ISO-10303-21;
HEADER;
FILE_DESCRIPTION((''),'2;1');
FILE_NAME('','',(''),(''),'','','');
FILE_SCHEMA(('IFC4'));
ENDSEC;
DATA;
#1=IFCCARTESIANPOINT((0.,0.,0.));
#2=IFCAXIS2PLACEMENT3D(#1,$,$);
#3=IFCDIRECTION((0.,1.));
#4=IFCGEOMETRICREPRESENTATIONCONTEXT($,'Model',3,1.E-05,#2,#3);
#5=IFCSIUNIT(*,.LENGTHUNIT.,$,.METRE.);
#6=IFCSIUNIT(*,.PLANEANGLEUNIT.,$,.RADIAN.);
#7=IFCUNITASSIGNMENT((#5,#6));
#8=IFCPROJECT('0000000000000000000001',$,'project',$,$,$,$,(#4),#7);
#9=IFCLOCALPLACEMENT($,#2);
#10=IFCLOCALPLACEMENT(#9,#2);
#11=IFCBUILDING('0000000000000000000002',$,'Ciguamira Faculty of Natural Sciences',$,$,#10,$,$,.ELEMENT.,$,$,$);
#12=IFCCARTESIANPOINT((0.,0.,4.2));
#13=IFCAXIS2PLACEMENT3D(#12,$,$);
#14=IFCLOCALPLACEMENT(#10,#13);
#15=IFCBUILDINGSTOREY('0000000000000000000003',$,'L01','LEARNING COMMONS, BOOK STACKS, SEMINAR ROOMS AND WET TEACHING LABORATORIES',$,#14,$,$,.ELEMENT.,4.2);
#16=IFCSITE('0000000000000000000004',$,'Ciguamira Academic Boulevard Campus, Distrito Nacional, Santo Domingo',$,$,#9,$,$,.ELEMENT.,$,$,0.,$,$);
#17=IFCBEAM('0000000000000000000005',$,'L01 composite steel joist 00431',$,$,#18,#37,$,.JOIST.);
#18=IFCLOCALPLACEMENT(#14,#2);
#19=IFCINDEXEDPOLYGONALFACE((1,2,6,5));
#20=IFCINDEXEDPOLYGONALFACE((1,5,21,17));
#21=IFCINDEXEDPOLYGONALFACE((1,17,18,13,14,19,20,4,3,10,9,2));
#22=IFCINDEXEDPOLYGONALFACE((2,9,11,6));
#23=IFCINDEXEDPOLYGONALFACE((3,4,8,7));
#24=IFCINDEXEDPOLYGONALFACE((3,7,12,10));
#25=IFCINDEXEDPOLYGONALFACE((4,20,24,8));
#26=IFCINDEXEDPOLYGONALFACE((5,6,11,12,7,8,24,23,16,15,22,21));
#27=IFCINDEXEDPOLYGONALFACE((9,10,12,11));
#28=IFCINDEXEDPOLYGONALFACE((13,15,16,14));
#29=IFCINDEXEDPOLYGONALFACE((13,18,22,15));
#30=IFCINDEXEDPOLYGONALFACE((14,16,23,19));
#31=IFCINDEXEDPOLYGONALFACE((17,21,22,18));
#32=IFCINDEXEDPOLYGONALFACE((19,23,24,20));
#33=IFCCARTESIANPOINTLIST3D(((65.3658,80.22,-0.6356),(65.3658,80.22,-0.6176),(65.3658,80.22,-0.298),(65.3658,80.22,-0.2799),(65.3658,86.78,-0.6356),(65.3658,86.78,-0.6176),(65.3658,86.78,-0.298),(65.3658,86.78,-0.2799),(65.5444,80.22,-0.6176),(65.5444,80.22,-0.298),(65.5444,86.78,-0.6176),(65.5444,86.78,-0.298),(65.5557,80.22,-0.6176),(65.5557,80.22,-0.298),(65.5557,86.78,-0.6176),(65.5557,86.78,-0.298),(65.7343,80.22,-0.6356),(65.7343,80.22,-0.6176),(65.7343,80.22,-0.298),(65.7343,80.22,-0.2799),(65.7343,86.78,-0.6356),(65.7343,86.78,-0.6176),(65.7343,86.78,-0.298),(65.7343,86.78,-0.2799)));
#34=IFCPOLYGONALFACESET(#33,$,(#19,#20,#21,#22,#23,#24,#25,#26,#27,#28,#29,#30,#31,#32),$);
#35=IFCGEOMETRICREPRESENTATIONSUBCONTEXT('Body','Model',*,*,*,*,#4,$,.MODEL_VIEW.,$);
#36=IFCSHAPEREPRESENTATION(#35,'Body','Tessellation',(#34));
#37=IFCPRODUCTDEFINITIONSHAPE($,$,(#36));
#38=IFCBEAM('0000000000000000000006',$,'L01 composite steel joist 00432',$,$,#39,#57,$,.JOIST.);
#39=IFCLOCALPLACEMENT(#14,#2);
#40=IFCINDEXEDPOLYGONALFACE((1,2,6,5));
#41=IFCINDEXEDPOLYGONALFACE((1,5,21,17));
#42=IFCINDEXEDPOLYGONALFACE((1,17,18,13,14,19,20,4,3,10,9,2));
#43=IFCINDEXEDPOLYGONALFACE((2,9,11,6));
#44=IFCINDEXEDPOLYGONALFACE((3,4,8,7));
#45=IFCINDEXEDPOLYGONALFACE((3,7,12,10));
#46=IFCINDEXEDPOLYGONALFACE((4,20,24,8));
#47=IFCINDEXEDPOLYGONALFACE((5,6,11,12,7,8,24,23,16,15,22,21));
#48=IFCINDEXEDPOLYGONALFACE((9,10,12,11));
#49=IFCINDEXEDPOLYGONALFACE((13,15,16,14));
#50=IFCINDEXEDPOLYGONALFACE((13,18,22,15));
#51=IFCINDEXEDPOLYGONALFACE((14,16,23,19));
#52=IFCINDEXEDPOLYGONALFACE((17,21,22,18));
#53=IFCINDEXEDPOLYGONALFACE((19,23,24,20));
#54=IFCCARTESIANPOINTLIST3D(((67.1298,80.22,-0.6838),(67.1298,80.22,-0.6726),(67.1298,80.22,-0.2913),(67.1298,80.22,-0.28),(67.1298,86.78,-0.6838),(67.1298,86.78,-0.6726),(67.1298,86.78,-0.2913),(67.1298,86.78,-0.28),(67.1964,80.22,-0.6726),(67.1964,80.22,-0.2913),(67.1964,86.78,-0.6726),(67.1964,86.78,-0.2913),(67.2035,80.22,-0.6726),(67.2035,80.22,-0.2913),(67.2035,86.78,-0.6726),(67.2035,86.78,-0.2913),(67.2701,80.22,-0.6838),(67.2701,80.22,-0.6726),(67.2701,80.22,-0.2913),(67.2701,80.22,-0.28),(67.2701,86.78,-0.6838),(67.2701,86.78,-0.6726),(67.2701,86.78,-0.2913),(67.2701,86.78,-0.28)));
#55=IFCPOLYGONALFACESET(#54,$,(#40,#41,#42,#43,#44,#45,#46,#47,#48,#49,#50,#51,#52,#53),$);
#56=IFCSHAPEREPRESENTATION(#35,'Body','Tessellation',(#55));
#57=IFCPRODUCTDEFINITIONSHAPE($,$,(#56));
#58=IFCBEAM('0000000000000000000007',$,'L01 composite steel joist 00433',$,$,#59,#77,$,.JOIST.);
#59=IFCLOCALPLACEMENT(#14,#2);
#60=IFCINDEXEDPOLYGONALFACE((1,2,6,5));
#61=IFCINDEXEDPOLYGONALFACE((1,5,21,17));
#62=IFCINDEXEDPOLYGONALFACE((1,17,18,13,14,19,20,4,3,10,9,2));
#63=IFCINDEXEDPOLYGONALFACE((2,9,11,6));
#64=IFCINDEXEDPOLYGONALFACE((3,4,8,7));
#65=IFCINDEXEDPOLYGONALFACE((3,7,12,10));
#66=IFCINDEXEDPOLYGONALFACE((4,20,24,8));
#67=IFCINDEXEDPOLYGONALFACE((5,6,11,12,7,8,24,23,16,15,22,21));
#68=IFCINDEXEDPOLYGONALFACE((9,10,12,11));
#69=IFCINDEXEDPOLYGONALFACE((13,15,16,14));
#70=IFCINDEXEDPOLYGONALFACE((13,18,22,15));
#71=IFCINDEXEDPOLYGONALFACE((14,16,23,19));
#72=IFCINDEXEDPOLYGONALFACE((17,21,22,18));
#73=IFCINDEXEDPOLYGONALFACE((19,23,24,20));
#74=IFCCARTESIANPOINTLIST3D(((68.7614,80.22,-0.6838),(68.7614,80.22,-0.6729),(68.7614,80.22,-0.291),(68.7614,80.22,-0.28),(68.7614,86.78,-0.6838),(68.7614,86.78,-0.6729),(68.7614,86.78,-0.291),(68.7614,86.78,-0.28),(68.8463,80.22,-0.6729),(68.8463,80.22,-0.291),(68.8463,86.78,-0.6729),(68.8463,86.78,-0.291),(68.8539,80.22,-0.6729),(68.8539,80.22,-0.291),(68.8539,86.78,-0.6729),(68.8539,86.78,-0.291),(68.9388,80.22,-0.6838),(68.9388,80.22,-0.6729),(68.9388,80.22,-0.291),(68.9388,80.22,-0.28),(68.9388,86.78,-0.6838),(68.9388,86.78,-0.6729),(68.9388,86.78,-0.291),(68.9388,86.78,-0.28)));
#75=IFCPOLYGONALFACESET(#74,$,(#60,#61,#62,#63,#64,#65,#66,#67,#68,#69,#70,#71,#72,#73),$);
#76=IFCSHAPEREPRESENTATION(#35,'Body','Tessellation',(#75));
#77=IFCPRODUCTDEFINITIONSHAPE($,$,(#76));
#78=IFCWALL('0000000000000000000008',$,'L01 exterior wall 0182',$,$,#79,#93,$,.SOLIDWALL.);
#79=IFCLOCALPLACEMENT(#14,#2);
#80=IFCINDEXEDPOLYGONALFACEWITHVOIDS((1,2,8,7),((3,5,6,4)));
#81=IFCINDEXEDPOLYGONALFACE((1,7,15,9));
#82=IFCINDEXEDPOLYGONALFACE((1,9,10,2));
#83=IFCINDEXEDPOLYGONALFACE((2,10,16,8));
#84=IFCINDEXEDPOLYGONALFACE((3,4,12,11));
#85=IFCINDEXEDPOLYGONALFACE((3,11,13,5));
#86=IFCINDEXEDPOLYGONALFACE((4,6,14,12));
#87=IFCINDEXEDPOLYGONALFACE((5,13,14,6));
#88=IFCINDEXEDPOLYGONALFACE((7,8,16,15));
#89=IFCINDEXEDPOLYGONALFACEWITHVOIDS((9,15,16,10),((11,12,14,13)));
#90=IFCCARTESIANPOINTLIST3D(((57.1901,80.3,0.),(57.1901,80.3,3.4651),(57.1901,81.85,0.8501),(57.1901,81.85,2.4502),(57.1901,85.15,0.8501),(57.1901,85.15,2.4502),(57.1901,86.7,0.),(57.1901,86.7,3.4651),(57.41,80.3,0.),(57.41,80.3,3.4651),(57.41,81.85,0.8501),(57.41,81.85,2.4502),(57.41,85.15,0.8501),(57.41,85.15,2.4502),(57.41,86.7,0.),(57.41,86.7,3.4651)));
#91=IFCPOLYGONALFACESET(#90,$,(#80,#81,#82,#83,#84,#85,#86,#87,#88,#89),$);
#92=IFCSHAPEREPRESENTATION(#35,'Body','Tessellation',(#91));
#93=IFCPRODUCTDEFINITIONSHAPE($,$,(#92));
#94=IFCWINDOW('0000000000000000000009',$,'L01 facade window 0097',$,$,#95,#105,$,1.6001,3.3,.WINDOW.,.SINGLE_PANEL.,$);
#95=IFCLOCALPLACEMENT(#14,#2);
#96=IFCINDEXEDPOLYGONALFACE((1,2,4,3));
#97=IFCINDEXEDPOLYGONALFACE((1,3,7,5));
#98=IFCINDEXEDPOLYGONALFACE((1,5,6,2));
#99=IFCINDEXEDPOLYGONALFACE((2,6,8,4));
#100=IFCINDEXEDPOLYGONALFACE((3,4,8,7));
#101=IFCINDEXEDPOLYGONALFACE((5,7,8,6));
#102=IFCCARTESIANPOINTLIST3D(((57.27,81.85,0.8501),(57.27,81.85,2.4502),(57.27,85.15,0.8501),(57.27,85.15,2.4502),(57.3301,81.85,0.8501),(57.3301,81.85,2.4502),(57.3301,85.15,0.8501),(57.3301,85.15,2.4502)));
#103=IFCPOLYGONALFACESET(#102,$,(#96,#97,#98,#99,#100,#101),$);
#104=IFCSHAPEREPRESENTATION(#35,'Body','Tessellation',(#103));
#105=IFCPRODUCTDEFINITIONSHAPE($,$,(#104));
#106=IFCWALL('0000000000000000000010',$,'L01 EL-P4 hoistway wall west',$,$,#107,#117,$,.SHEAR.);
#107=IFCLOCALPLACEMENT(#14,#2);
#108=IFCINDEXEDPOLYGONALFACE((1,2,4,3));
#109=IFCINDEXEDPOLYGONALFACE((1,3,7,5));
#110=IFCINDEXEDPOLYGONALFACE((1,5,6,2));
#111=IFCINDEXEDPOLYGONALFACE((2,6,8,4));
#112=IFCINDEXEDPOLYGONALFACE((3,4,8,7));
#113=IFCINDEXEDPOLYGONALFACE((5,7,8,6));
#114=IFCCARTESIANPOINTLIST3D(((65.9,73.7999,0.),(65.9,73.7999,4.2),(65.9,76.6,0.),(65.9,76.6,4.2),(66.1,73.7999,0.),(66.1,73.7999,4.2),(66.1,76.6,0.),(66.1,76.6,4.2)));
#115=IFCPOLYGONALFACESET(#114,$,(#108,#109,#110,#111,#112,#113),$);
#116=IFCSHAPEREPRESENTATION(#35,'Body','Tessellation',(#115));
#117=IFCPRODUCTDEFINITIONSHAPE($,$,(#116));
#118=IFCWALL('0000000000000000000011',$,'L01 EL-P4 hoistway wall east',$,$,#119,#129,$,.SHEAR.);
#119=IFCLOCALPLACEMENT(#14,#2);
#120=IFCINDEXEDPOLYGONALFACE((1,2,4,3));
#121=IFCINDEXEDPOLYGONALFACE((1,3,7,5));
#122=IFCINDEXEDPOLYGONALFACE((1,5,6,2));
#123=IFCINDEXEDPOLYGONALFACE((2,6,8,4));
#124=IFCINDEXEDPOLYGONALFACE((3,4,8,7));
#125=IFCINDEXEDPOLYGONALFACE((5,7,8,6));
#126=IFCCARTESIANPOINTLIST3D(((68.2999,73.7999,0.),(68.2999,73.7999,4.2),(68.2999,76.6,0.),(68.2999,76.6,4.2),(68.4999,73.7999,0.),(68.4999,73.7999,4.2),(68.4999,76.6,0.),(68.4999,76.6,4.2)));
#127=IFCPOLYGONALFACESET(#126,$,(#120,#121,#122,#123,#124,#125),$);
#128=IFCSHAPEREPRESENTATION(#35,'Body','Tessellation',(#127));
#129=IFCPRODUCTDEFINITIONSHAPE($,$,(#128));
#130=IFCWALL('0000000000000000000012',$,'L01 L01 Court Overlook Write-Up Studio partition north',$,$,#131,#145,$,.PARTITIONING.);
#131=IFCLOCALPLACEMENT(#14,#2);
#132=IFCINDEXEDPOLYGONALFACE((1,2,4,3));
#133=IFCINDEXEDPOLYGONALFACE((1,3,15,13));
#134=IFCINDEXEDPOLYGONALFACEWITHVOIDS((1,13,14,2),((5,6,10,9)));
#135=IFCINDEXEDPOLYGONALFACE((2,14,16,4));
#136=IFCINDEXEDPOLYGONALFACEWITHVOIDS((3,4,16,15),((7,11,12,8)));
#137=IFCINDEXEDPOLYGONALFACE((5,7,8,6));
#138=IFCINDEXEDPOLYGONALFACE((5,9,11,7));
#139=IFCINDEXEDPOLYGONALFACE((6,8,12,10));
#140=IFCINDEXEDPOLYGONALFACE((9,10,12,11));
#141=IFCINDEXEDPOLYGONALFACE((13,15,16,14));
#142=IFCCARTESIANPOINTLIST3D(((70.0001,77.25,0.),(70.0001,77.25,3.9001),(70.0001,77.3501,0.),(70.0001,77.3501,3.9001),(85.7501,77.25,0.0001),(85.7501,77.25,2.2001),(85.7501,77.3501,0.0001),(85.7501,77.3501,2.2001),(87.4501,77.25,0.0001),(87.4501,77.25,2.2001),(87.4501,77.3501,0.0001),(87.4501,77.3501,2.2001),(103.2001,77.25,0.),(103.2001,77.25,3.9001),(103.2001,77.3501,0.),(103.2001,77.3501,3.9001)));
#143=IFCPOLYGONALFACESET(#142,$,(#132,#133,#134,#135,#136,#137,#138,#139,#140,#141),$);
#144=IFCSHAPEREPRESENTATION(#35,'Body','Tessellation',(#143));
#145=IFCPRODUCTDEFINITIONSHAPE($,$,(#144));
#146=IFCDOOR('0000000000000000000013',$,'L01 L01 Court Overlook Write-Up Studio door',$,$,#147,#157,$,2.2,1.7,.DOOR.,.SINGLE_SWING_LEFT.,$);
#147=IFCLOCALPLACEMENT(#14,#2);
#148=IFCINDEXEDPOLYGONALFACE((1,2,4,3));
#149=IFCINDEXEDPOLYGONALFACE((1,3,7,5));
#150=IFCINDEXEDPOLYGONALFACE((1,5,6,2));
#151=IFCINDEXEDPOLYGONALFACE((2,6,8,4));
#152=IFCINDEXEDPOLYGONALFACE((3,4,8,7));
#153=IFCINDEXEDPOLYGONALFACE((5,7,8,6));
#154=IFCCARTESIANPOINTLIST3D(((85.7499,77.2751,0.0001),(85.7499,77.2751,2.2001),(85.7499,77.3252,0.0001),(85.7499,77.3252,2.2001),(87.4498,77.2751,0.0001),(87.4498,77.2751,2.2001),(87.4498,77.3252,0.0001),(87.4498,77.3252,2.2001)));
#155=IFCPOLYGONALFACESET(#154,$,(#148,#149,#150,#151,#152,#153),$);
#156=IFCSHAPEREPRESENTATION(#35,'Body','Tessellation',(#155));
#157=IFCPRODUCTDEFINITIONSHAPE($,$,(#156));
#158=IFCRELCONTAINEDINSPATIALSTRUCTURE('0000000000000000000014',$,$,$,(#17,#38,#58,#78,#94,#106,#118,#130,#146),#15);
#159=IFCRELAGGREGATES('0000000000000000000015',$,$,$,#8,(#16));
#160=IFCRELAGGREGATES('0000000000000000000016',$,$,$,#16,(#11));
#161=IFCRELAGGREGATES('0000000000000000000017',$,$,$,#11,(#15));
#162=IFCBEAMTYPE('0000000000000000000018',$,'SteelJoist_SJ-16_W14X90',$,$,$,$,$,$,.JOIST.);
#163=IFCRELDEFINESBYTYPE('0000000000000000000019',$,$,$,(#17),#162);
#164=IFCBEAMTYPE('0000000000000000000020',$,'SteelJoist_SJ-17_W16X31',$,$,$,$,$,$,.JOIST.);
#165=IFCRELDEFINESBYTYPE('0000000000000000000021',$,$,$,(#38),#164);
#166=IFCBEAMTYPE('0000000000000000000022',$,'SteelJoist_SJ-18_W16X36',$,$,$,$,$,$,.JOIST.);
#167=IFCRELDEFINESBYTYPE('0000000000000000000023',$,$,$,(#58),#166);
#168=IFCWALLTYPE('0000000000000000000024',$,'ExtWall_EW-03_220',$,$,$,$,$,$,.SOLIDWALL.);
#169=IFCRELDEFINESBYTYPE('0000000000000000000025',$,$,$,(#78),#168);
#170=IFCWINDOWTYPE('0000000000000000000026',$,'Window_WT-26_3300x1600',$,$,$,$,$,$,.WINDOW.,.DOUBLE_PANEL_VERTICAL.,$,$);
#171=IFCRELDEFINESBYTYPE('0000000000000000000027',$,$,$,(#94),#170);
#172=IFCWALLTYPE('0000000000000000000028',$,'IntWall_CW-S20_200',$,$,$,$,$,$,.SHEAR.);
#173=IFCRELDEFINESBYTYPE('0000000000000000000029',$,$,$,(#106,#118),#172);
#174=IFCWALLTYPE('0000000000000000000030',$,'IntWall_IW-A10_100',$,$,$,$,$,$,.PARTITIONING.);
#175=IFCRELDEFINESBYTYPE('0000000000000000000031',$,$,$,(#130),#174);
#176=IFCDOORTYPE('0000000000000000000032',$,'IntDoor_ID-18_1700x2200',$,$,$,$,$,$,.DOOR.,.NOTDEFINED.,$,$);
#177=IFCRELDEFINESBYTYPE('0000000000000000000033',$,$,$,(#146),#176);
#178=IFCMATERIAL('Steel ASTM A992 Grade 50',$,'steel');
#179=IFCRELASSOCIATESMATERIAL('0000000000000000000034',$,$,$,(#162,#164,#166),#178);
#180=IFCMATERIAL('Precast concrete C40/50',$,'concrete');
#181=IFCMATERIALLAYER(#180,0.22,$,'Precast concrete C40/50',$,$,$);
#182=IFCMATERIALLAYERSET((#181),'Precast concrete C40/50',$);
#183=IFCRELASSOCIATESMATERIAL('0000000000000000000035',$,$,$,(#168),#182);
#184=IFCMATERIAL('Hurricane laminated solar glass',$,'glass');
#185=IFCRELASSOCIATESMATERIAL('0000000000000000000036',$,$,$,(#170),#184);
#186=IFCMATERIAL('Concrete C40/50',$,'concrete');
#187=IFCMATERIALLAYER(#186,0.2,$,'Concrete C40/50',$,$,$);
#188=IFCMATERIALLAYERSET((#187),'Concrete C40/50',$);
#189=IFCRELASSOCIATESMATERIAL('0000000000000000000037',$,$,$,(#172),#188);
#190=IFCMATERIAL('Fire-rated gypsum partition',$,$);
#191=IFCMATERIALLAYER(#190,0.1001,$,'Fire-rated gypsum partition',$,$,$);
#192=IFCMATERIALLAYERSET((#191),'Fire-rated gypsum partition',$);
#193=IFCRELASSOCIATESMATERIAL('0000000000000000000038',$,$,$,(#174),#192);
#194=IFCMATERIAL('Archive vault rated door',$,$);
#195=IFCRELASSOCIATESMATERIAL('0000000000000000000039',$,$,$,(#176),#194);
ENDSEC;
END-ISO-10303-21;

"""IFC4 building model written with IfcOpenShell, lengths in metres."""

from ifc_helpers import new_model, si_unit, direction, frame, frame_2d, origin, origin_2d, place, context, subcontext, project, spatial, rectangle, i_section, extrude, material, layer, layer_set, material_profile, profile_set, type_object, element, fill, save


model = new_model("IFC4")

# Units and contexts
model_context = context("Model", 3, precision=1e-05, world=origin(), true_north=direction((0.0, 1.0)))
body_context = subcontext(model_context, "Body", "Model", "MODEL_VIEW")
ifc_project = project(units=[si_unit("LENGTHUNIT", "METRE"), si_unit("PLANEANGLEUNIT", "RADIAN")], contexts=[model_context])

# Site, building, storey
site_placement = place(None, origin())
site = spatial("IfcSite", under=ifc_project, at=site_placement, Name="Ciguamira Academic Boulevard Campus, Distrito Nacional, Santo Domingo", CompositionType="ELEMENT", RefElevation=0.0)
building_placement = place(site_placement, origin())
building = spatial("IfcBuilding", under=site, at=building_placement, Name="Ciguamira Faculty of Natural Sciences", CompositionType="ELEMENT")
storey_placement = place(building_placement, frame((0.0, 0.0, 4.2)))
storey = spatial("IfcBuildingStorey", under=building, at=storey_placement, Name="L01", Description="LEARNING COMMONS, BOOK STACKS, SEMINAR ROOMS AND WET TEACHING LABORATORIES", CompositionType="ELEMENT", Elevation=4.2)

# Shared definitions
ifc_material_1 = material(Name="Concrete C40/50", Category="concrete")

# Beams
ifc_material_2 = material(Name="Precast concrete C40/50", Category="concrete")
ifc_material_3 = material(Name="Steel ASTM A992 Grade 50", Category="steel")
ifc_material_profile_1 = material_profile(ifc_material_3, i_section(OverallWidth=0.3684, OverallDepth=0.3557, WebThickness=0.0112, FlangeThickness=0.0181, at=origin_2d()), Name="W14X90")
ifc_profile_set_1 = profile_set([ifc_material_profile_1], Name="Steel ASTM A992 Grade 50")
beam_type_1 = type_object("IfcBeamType", Name="SteelJoist_SJ-16_W14X90", PredefinedType="JOIST", material=ifc_profile_set_1)
beam_1_placement = place(storey_placement, frame((65.55, 80.22, -0.4578), z_axis=(0.0, 1.0, 0.0), x_axis=(-1.0, 0.0, 0.0)))
element("IfcBeam", 1, at=beam_1_placement, inside=storey, type_object=beam_type_1, Name="L01 composite steel joist 00431", PredefinedType="JOIST", context=body_context, shape_type="SweptSolid", body=[
    extrude(i_section(OverallWidth=0.3684, OverallDepth=0.3557, WebThickness=0.0112, FlangeThickness=0.0181, at=origin_2d()), origin(), (0.0, 0.0, 1.0), 6.5601),
])
ifc_material_profile_2 = material_profile(ifc_material_3, i_section(OverallWidth=0.1404, OverallDepth=0.4038, WebThickness=0.0071, FlangeThickness=0.0112, at=origin_2d()), Name="W16X31")
ifc_profile_set_2 = profile_set([ifc_material_profile_2], Name="Steel ASTM A992 Grade 50")
beam_type_2 = type_object("IfcBeamType", Name="SteelJoist_SJ-17_W16X31", PredefinedType="JOIST", material=ifc_profile_set_2)
beam_2_placement = place(storey_placement, frame((67.2, 80.22, -0.4819), z_axis=(0.0, 1.0, 0.0), x_axis=(-1.0, 0.0, 0.0)))
element("IfcBeam", 2, at=beam_2_placement, inside=storey, type_object=beam_type_2, Name="L01 composite steel joist 00432", PredefinedType="JOIST", context=body_context, shape_type="SweptSolid", body=[
    extrude(i_section(OverallWidth=0.1404, OverallDepth=0.4038, WebThickness=0.0071, FlangeThickness=0.0112, at=origin_2d()), origin(), (0.0, 0.0, 1.0), 6.5601),
])
ifc_material_profile_3 = material_profile(ifc_material_3, i_section(OverallWidth=0.1775, OverallDepth=0.4038, WebThickness=0.0076, FlangeThickness=0.011, at=origin_2d()), Name="W16X36")
ifc_profile_set_3 = profile_set([ifc_material_profile_3], Name="Steel ASTM A992 Grade 50")
beam_type_3 = type_object("IfcBeamType", Name="SteelJoist_SJ-18_W16X36", PredefinedType="JOIST", material=ifc_profile_set_3)
beam_3_placement = place(storey_placement, frame((68.8501, 80.22, -0.4819), z_axis=(0.0, 1.0, 0.0), x_axis=(-1.0, 0.0, 0.0)))
element("IfcBeam", 3, at=beam_3_placement, inside=storey, type_object=beam_type_3, Name="L01 composite steel joist 00433", PredefinedType="JOIST", context=body_context, shape_type="SweptSolid", body=[
    extrude(i_section(OverallWidth=0.1775, OverallDepth=0.4038, WebThickness=0.0076, FlangeThickness=0.011, at=origin_2d()), origin(), (0.0, 0.0, 1.0), 6.5601),
])

# Wall, opening, window
ifc_layer_1 = layer(ifc_material_2, 0.22, Name="Precast concrete C40/50")
ifc_layer_set_1 = layer_set([ifc_layer_1], Name="Precast concrete C40/50")
wall_type_1 = type_object("IfcWallType", Name="ExtWall_EW-03_220", PredefinedType="SOLIDWALL", material=ifc_layer_set_1)
wall_1_placement = place(storey_placement, frame((57.3, 80.3, 0.0), z_axis=(0.0, 0.0, 1.0), x_axis=(0.0, 1.0, 0.0)))
wall_1 = element("IfcWall", 4, at=wall_1_placement, inside=storey, type_object=wall_type_1, Name="L01 exterior wall 0182", PredefinedType="SOLIDWALL", context=body_context, shape_type="SweptSolid", body=[
    extrude(rectangle(XDim=6.3999, YDim=0.22, at=frame_2d((3.2, 0.0))), origin(), (0.0, 0.0, 1.0), 3.4651),
])
opening_1_placement = place(wall_1_placement, frame((1.55, 0.0, 0.8501)))
opening_1 = element("IfcOpeningElement", 5, at=opening_1_placement, cuts=wall_1, PredefinedType="OPENING", context=body_context, shape_type="SweptSolid", body=[
    extrude(rectangle(XDim=3.3, YDim=1.6001, at=frame_2d((1.6499, 0.8))), frame((0.0, 0.1199, 0.0), z_axis=(0.0, -1.0, 0.0), x_axis=(1.0, 0.0, 0.0)), (0.0, 0.0, 1.0), 0.24),
])
ifc_material_4 = material(Name="Hurricane laminated solar glass", Category="glass")
window_type = type_object("IfcWindowType", Name="Window_WT-26_3300x1600", PartitioningType="DOUBLE_PANEL_VERTICAL", PredefinedType="WINDOW", material=ifc_material_4)
window_placement = place(opening_1_placement, origin())
window = element("IfcWindow", 6, at=window_placement, inside=storey, type_object=window_type, Name="L01 facade window 0097", OverallHeight=1.6001, OverallWidth=3.3, PartitioningType="SINGLE_PANEL", PredefinedType="WINDOW", context=body_context, shape_type="SweptSolid", body=[
    extrude(rectangle(XDim=3.3, YDim=1.6001, at=frame_2d((1.6499, 0.8))), frame((0.0, 0.03, 0.0), z_axis=(0.0, -1.0, 0.0), x_axis=(1.0, 0.0, 0.0)), (0.0, 0.0, 1.0), 0.0601),
])
fill(opening_1, window)

# Shared definitions
ifc_layer_2 = layer(ifc_material_1, 0.2, Name="Concrete C40/50")
ifc_layer_set_2 = layer_set([ifc_layer_2], Name="Concrete C40/50")
wall_type_2 = type_object("IfcWallType", Name="IntWall_CW-S20_200", PredefinedType="SHEAR", material=ifc_layer_set_2)

# Walls
for number, where, z_axis, x_axis, name in (
    (7, (66.0, 73.8, 0.0), (0.0, 0.0, 1.0), (0.0, 1.0, 0.0), "L01 EL-P4 hoistway wall west"),
    (8, (68.3999, 73.8, 0.0), (0.0, 0.0, 1.0), (0.0, 1.0, 0.0), "L01 EL-P4 hoistway wall east"),
):
    element("IfcWall", number, at=place(storey_placement, frame(where, z_axis=z_axis, x_axis=x_axis)), inside=storey, type_object=wall_type_2, Name=name, PredefinedType="SHEAR", context=body_context, shape_type="SweptSolid", body=[
        extrude(rectangle(XDim=2.8, YDim=0.2, at=frame_2d((1.3999, 0.0))), origin(), (0.0, 0.0, 1.0), 4.2),
    ])

# Wall, opening, door
ifc_material_5 = material(Name="Fire-rated gypsum partition")
ifc_layer_3 = layer(ifc_material_5, 0.1001, Name="Fire-rated gypsum partition")
ifc_layer_set_3 = layer_set([ifc_layer_3], Name="Fire-rated gypsum partition")
wall_type_3 = type_object("IfcWallType", Name="IntWall_IW-A10_100", PredefinedType="PARTITIONING", material=ifc_layer_set_3)
wall_2_placement = place(storey_placement, frame((70.0, 77.3, 0.0), z_axis=(0.0, 0.0, 1.0), x_axis=(1.0, 0.0, 0.0)))
wall_2 = element("IfcWall", 9, at=wall_2_placement, inside=storey, type_object=wall_type_3, Name="L01 L01 Court Overlook Write-Up Studio partition north", PredefinedType="PARTITIONING", context=body_context, shape_type="SweptSolid", body=[
    extrude(rectangle(XDim=33.2, YDim=0.1001, at=frame_2d((16.6001, 0.0))), origin(), (0.0, 0.0, 1.0), 3.9001),
])
opening_2_placement = place(wall_2_placement, frame((15.75, 0.0, 0.0)))
opening_2 = element("IfcOpeningElement", 10, at=opening_2_placement, cuts=wall_2, PredefinedType="OPENING", context=body_context, shape_type="SweptSolid", body=[
    extrude(rectangle(XDim=1.7, YDim=2.2, at=frame_2d((0.8501, 1.1001))), frame((0.0, 0.0601, 0.0), z_axis=(0.0, -1.0, 0.0), x_axis=(1.0, 0.0, 0.0)), (0.0, 0.0, 1.0), 0.1201),
])
ifc_material_6 = material(Name="Archive vault rated door")
door_type_1 = type_object("IfcDoorType", Name="IntDoor_ID-18_1700x2200", OperationType="NOTDEFINED", PredefinedType="DOOR", material=ifc_material_6)
door_1_placement = place(opening_2_placement, frame((1.7, 0.0, 0.0), z_axis=(0.0, 0.0, 1.0), x_axis=(-1.0, 0.0, 0.0)))
door_1 = element("IfcDoor", 11, at=door_1_placement, inside=storey, type_object=door_type_1, Name="L01 L01 Court Overlook Write-Up Studio door", OperationType="SINGLE_SWING_LEFT", OverallHeight=2.2, OverallWidth=1.7, PredefinedType="DOOR", context=body_context, shape_type="SweptSolid", body=[
    extrude(rectangle(XDim=1.7, YDim=2.2, at=frame_2d((0.8501, 1.1001))), frame((0.0, 0.0249, 0.0), z_axis=(0.0, -1.0, 0.0), x_axis=(1.0, 0.0, 0.0)), (0.0, 0.0, 1.0), 0.05),
])
fill(opening_2, door_1)

save(model, "model.ifc")
